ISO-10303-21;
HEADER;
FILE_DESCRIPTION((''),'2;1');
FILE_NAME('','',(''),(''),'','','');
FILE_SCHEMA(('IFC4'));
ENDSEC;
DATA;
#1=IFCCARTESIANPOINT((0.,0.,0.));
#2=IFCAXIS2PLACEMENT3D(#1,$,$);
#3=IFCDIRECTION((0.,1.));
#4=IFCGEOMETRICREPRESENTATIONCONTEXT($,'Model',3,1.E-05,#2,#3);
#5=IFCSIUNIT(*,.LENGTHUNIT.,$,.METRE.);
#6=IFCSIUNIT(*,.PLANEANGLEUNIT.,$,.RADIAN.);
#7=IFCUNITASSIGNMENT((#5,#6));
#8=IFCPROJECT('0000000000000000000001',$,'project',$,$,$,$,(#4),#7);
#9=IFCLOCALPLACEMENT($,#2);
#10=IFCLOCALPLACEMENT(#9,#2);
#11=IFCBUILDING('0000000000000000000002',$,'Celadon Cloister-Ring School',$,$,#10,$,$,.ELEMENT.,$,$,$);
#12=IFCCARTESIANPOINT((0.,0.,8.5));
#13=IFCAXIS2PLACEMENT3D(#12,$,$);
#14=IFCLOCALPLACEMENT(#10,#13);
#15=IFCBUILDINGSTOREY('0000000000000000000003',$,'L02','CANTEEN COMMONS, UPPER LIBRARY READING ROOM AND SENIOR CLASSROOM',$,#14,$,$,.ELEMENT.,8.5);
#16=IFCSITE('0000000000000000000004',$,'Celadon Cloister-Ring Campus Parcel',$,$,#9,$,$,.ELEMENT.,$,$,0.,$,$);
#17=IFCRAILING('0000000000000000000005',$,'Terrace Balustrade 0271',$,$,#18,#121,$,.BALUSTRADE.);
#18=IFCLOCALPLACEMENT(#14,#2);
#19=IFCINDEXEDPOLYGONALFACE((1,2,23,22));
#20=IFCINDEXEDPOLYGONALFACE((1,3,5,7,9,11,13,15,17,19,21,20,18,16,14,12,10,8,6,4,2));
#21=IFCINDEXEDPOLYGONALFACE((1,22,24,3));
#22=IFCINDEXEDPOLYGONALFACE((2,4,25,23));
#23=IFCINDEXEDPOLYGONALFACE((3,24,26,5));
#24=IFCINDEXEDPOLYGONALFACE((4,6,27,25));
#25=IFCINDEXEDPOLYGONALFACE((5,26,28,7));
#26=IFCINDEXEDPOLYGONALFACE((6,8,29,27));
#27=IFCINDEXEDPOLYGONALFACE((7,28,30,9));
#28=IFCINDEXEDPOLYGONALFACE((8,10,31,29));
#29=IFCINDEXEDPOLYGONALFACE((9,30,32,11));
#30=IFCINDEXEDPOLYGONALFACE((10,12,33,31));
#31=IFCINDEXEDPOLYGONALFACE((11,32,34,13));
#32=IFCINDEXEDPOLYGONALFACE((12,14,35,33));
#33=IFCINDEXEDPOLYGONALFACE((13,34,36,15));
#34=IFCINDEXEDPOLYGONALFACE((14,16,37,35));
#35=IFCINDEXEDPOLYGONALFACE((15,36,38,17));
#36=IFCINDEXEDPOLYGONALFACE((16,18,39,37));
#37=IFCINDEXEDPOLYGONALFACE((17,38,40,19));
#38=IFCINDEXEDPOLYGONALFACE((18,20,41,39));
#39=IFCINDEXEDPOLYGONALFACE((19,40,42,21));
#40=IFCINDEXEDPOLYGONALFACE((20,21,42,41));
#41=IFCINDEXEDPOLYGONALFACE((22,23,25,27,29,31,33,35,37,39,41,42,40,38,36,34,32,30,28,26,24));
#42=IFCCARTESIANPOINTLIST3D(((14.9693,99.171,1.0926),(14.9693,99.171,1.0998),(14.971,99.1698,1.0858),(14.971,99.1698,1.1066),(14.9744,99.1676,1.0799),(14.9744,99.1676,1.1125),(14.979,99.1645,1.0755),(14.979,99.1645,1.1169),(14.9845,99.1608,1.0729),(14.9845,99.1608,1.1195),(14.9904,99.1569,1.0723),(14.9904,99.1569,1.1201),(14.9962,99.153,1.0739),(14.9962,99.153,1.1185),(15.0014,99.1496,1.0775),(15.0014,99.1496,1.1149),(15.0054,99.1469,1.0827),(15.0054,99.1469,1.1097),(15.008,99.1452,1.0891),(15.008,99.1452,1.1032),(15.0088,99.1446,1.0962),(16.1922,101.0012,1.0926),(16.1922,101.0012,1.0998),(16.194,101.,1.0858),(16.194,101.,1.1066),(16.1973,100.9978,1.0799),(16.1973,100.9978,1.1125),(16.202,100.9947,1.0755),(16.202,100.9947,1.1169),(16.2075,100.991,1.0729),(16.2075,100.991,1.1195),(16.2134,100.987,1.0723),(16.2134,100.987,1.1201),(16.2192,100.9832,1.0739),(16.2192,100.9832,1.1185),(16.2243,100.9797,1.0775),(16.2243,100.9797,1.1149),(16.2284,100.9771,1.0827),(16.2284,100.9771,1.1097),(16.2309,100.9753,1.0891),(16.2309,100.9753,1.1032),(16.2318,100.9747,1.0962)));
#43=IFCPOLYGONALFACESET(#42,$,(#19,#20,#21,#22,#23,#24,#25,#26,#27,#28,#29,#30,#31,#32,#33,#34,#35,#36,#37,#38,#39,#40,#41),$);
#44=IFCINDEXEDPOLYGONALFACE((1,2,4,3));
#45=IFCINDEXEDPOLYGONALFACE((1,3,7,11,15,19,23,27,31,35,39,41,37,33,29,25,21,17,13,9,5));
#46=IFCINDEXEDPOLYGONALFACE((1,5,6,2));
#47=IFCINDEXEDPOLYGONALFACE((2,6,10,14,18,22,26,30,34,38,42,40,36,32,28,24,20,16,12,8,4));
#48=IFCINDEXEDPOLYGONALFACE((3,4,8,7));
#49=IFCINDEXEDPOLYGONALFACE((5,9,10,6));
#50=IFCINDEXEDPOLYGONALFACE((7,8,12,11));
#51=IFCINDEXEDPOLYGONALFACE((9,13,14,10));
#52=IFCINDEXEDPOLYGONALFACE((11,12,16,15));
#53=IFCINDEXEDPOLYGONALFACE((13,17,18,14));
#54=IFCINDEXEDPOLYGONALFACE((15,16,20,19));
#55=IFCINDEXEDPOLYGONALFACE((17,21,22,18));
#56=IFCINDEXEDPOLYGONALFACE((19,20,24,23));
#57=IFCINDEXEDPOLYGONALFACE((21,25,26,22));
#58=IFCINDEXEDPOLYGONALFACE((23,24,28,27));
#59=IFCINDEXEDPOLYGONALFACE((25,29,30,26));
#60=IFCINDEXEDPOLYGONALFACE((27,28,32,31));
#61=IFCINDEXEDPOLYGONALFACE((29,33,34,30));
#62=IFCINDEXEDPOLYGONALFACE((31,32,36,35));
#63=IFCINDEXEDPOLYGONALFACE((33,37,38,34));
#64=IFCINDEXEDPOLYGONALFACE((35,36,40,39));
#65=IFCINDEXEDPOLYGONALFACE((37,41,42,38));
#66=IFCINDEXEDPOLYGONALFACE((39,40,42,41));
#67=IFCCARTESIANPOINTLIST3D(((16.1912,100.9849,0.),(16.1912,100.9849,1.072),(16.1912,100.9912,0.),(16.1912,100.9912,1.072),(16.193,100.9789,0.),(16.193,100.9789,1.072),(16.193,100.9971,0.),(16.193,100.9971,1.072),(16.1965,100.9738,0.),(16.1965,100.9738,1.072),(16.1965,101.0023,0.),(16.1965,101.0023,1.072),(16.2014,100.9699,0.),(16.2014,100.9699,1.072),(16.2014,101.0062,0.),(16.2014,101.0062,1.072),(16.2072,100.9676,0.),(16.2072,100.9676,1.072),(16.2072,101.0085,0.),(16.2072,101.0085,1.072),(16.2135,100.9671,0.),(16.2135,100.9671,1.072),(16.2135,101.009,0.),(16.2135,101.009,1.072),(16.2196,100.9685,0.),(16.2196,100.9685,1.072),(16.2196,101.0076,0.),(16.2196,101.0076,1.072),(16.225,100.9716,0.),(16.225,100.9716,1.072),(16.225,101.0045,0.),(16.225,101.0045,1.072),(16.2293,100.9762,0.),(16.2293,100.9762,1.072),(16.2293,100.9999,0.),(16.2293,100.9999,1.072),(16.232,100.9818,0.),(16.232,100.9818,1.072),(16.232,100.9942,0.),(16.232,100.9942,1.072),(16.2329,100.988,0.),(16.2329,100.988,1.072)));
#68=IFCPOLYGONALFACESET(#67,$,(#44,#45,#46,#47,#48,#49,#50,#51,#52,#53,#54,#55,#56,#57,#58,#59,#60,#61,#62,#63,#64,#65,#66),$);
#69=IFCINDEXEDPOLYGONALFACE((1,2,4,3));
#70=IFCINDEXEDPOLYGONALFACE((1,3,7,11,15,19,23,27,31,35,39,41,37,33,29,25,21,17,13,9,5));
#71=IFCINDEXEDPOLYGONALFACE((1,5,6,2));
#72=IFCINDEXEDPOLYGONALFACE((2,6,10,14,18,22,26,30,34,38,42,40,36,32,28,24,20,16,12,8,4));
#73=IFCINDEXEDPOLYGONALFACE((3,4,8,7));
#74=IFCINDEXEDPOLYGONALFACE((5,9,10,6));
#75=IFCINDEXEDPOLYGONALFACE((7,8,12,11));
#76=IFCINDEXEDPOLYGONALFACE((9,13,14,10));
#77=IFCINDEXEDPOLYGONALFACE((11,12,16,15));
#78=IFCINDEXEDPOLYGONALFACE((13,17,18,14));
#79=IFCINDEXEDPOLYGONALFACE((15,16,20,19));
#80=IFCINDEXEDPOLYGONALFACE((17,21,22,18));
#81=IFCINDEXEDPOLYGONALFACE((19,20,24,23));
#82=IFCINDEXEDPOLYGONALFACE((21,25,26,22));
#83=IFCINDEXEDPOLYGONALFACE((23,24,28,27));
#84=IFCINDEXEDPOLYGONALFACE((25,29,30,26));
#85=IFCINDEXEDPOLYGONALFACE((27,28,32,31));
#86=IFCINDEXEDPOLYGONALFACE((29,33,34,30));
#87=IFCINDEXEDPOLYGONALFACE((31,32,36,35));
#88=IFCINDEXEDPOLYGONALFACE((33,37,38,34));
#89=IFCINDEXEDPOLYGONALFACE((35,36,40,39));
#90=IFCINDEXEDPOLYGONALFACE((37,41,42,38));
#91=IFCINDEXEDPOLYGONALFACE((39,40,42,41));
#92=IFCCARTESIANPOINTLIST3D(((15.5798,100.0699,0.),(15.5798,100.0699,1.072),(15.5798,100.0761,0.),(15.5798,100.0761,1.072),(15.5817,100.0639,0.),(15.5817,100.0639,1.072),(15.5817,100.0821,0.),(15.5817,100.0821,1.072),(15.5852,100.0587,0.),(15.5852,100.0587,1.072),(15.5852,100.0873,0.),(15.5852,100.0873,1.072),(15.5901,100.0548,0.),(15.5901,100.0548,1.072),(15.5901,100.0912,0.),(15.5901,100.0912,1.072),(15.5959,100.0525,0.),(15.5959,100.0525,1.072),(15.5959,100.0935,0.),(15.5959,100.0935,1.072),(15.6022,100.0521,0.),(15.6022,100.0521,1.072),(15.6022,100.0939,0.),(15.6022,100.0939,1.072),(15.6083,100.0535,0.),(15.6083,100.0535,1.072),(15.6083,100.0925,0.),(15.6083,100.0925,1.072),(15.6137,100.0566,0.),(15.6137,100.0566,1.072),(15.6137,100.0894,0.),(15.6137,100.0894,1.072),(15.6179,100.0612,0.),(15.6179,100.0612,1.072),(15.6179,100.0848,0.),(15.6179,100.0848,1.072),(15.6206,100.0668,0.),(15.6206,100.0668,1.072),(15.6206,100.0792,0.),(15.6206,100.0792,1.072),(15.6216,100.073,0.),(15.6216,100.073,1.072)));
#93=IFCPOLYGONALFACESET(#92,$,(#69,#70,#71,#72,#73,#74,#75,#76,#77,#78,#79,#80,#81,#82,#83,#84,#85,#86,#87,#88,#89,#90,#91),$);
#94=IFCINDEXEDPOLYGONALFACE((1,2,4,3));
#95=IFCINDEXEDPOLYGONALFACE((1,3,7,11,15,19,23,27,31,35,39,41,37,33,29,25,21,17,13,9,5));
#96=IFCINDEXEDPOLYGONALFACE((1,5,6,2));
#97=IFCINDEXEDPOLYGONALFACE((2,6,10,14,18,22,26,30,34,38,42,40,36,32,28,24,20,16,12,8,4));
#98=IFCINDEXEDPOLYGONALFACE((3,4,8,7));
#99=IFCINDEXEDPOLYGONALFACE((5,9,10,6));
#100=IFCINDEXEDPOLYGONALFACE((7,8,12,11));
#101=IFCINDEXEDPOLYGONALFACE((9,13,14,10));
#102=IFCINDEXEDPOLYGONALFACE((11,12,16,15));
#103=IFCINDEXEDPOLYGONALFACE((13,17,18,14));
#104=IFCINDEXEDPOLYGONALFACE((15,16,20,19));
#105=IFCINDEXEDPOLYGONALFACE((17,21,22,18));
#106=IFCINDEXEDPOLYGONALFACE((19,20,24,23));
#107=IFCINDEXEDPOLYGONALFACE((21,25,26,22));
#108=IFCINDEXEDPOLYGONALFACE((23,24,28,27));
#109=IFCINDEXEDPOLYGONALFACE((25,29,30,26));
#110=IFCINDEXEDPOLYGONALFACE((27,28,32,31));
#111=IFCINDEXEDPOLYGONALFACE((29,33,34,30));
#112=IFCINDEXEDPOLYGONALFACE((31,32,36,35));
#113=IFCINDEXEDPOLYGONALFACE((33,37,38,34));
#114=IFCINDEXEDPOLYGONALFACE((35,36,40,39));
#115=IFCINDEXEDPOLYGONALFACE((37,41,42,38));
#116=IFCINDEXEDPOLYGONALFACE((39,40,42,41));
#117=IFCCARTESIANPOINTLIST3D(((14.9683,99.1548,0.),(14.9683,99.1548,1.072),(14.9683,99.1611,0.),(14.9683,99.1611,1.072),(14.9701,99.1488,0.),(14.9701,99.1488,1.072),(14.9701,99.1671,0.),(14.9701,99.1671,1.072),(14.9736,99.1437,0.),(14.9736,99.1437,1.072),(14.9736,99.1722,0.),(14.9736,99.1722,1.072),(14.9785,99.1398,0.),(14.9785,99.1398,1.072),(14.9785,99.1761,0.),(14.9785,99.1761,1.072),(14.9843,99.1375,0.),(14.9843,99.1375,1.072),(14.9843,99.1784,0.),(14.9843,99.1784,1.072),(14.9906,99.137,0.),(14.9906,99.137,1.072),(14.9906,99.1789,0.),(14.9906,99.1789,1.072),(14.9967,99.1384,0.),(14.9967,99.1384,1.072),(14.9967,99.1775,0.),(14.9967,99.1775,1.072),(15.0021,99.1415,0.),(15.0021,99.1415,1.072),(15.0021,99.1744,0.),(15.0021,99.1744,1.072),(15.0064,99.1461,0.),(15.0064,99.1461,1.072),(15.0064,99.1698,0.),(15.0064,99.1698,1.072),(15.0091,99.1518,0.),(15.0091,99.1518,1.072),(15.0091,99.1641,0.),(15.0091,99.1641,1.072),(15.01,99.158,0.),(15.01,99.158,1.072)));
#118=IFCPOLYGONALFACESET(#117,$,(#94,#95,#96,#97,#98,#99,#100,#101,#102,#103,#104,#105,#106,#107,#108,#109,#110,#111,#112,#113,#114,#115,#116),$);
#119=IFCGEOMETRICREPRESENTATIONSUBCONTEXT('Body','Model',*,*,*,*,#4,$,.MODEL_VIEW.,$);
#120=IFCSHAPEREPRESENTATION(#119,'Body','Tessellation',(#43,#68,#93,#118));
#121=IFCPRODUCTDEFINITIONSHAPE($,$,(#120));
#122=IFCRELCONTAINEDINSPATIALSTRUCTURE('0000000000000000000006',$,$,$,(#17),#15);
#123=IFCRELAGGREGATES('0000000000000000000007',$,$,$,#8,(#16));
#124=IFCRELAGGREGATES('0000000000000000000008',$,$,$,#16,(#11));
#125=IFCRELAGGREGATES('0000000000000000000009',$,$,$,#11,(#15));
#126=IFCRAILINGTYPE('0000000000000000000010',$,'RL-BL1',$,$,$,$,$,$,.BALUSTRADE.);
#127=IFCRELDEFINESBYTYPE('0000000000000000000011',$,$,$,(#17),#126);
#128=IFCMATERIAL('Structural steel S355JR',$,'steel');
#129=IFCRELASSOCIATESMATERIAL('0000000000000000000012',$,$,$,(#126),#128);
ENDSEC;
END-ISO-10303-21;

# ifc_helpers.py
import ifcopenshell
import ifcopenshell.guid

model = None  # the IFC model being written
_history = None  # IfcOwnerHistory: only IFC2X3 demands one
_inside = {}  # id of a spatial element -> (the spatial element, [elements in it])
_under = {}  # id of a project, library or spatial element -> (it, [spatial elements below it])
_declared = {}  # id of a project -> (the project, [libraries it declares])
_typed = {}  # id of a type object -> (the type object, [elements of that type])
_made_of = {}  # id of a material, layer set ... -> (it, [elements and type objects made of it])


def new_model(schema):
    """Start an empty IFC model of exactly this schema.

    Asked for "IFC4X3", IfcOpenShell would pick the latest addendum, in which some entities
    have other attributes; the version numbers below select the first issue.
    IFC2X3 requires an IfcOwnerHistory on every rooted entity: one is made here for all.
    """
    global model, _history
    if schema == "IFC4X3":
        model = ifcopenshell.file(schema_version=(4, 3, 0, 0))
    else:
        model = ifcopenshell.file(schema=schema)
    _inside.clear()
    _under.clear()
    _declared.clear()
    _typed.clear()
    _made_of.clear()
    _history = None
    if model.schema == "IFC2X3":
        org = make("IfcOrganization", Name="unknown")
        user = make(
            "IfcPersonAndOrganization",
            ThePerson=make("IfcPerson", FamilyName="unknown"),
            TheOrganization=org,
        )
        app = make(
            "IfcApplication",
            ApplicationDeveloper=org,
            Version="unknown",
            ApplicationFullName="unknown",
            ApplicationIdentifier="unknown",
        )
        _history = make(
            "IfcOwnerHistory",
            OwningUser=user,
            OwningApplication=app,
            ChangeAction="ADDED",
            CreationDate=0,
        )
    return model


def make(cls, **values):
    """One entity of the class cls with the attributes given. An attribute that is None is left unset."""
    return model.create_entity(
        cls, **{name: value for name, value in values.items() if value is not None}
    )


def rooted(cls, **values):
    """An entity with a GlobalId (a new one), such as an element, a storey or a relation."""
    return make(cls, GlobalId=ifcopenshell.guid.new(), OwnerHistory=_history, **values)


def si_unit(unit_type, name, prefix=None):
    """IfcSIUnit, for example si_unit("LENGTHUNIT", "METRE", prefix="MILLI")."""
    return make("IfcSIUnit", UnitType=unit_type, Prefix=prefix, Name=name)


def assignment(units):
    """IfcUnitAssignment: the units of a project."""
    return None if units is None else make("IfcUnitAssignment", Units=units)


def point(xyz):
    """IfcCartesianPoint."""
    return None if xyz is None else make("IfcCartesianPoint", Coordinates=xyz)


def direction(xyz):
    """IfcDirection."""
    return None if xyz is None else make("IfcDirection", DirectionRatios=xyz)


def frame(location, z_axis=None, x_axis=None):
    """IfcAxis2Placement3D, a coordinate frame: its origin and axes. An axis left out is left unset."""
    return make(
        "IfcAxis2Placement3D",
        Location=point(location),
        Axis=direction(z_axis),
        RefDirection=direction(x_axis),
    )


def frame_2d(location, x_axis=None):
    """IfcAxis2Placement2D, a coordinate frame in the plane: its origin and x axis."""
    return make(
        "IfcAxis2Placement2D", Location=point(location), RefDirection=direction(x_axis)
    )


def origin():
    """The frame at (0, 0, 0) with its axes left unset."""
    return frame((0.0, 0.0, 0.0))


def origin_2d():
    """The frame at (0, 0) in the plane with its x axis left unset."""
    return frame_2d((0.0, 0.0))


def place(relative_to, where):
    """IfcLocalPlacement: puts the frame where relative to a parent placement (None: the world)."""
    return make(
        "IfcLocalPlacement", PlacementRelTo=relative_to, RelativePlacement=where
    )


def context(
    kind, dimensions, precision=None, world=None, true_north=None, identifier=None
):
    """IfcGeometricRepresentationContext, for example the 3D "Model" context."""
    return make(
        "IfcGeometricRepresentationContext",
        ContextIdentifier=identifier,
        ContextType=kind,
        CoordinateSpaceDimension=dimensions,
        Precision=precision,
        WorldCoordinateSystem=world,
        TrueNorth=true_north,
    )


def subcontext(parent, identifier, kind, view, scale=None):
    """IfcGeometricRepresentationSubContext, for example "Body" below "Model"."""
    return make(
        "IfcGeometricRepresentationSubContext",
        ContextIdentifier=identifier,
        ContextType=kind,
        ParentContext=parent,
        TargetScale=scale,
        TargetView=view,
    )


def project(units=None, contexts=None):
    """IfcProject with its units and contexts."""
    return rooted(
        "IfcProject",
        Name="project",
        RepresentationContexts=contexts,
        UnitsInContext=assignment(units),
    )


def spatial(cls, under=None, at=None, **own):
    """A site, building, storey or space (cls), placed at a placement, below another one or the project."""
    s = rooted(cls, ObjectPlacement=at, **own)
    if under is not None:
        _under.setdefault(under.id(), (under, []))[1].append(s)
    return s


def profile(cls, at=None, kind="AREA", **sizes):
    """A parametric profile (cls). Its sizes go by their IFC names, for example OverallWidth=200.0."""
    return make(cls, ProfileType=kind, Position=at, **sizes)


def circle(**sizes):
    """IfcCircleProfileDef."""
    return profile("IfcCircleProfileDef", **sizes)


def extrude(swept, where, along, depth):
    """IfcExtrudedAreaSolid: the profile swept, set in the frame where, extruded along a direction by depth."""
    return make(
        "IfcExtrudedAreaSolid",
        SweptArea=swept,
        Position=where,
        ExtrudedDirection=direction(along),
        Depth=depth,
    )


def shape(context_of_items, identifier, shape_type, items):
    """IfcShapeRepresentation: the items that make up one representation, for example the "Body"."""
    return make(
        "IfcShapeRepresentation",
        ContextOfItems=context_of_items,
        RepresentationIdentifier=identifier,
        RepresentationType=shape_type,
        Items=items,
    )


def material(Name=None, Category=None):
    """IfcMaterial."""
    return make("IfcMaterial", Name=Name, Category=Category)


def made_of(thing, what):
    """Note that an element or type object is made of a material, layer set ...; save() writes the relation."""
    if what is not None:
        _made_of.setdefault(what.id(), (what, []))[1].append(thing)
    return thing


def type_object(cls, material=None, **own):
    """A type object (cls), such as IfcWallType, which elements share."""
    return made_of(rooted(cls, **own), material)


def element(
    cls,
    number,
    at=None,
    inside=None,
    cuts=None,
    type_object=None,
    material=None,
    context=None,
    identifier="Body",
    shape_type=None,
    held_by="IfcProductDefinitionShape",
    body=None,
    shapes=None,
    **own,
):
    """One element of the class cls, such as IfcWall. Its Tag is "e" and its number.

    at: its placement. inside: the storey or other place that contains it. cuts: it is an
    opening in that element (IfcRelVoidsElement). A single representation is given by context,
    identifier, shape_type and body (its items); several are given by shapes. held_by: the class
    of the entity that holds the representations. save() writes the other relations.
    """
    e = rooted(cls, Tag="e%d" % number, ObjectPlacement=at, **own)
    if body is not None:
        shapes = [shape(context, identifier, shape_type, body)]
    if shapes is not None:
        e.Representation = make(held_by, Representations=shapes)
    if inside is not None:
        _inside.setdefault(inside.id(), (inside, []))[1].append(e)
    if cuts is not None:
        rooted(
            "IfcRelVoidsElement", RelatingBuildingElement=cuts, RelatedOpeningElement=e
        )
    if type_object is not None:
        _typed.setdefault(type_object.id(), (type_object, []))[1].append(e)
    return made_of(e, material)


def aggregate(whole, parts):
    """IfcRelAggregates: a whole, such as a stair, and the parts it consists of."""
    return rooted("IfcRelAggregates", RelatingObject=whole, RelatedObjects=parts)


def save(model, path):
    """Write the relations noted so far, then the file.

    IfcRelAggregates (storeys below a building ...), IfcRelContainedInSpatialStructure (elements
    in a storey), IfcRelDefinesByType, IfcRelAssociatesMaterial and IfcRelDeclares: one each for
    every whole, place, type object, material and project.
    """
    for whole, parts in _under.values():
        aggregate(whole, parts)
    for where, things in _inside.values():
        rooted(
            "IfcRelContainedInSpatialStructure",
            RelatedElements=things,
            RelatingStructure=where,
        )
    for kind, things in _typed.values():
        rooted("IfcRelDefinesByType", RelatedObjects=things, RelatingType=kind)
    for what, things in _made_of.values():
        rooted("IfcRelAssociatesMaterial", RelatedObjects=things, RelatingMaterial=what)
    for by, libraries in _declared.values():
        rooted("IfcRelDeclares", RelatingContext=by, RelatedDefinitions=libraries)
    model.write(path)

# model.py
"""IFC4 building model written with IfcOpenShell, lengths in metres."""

from ifc_helpers import new_model, si_unit, direction, frame, origin, origin_2d, place, context, subcontext, project, spatial, circle, extrude, material, type_object, element, save


model = new_model("IFC4")

# Units and contexts
model_context = context("Model", 3, precision=1e-05, world=origin(), true_north=direction((0.0, 1.0)))
body_context = subcontext(model_context, "Body", "Model", "MODEL_VIEW")
ifc_project = project(units=[si_unit("LENGTHUNIT", "METRE"), si_unit("PLANEANGLEUNIT", "RADIAN")], contexts=[model_context])

# Site, building, storey
site_placement = place(None, origin())
site = spatial("IfcSite", under=ifc_project, at=site_placement, Name="Celadon Cloister-Ring Campus Parcel", CompositionType="ELEMENT", RefElevation=0.0)
building_placement = place(site_placement, origin())
building = spatial("IfcBuilding", under=site, at=building_placement, Name="Celadon Cloister-Ring School", CompositionType="ELEMENT")
storey_placement = place(building_placement, frame((0.0, 0.0, 8.5)))
storey = spatial("IfcBuildingStorey", under=building, at=storey_placement, Name="L02", Description="CANTEEN COMMONS, UPPER LIBRARY READING ROOM AND SENIOR CLASSROOM", CompositionType="ELEMENT", Elevation=8.5)

# Railing
ifc_material_1 = material(Name="Structural steel S355JR", Category="steel")
railing_type = type_object("IfcRailingType", Name="RL-BL1", PredefinedType="BALUSTRADE", material=ifc_material_1)
railing_1_placement = place(storey_placement, frame((16.2119, 100.988, 0.0)))
element("IfcRailing", 1, at=railing_1_placement, inside=storey, type_object=railing_type, Name="Terrace Balustrade 0271", PredefinedType="BALUSTRADE", context=body_context, shape_type="SweptSolid", body=[
    extrude(circle(Radius=0.0239, at=origin_2d()), frame((0.0, 0.0, 1.0962), z_axis=(-0.555596, -0.831453, 0.0), x_axis=(0.831453, -0.555596, 0.0)), (0.0, 0.0, 1.0), 2.2012),
    extrude(circle(Radius=0.021, at=origin_2d()), origin(), (0.0, 0.0, 1.0), 1.072),
    extrude(circle(Radius=0.021, at=origin_2d()), frame((-0.6113, -0.915, 0.0)), (0.0, 0.0, 1.0), 1.072),
    extrude(circle(Radius=0.021, at=origin_2d()), frame((-1.2229, -1.8301, 0.0)), (0.0, 0.0, 1.0), 1.072),
])

save(model, "model.ifc")
